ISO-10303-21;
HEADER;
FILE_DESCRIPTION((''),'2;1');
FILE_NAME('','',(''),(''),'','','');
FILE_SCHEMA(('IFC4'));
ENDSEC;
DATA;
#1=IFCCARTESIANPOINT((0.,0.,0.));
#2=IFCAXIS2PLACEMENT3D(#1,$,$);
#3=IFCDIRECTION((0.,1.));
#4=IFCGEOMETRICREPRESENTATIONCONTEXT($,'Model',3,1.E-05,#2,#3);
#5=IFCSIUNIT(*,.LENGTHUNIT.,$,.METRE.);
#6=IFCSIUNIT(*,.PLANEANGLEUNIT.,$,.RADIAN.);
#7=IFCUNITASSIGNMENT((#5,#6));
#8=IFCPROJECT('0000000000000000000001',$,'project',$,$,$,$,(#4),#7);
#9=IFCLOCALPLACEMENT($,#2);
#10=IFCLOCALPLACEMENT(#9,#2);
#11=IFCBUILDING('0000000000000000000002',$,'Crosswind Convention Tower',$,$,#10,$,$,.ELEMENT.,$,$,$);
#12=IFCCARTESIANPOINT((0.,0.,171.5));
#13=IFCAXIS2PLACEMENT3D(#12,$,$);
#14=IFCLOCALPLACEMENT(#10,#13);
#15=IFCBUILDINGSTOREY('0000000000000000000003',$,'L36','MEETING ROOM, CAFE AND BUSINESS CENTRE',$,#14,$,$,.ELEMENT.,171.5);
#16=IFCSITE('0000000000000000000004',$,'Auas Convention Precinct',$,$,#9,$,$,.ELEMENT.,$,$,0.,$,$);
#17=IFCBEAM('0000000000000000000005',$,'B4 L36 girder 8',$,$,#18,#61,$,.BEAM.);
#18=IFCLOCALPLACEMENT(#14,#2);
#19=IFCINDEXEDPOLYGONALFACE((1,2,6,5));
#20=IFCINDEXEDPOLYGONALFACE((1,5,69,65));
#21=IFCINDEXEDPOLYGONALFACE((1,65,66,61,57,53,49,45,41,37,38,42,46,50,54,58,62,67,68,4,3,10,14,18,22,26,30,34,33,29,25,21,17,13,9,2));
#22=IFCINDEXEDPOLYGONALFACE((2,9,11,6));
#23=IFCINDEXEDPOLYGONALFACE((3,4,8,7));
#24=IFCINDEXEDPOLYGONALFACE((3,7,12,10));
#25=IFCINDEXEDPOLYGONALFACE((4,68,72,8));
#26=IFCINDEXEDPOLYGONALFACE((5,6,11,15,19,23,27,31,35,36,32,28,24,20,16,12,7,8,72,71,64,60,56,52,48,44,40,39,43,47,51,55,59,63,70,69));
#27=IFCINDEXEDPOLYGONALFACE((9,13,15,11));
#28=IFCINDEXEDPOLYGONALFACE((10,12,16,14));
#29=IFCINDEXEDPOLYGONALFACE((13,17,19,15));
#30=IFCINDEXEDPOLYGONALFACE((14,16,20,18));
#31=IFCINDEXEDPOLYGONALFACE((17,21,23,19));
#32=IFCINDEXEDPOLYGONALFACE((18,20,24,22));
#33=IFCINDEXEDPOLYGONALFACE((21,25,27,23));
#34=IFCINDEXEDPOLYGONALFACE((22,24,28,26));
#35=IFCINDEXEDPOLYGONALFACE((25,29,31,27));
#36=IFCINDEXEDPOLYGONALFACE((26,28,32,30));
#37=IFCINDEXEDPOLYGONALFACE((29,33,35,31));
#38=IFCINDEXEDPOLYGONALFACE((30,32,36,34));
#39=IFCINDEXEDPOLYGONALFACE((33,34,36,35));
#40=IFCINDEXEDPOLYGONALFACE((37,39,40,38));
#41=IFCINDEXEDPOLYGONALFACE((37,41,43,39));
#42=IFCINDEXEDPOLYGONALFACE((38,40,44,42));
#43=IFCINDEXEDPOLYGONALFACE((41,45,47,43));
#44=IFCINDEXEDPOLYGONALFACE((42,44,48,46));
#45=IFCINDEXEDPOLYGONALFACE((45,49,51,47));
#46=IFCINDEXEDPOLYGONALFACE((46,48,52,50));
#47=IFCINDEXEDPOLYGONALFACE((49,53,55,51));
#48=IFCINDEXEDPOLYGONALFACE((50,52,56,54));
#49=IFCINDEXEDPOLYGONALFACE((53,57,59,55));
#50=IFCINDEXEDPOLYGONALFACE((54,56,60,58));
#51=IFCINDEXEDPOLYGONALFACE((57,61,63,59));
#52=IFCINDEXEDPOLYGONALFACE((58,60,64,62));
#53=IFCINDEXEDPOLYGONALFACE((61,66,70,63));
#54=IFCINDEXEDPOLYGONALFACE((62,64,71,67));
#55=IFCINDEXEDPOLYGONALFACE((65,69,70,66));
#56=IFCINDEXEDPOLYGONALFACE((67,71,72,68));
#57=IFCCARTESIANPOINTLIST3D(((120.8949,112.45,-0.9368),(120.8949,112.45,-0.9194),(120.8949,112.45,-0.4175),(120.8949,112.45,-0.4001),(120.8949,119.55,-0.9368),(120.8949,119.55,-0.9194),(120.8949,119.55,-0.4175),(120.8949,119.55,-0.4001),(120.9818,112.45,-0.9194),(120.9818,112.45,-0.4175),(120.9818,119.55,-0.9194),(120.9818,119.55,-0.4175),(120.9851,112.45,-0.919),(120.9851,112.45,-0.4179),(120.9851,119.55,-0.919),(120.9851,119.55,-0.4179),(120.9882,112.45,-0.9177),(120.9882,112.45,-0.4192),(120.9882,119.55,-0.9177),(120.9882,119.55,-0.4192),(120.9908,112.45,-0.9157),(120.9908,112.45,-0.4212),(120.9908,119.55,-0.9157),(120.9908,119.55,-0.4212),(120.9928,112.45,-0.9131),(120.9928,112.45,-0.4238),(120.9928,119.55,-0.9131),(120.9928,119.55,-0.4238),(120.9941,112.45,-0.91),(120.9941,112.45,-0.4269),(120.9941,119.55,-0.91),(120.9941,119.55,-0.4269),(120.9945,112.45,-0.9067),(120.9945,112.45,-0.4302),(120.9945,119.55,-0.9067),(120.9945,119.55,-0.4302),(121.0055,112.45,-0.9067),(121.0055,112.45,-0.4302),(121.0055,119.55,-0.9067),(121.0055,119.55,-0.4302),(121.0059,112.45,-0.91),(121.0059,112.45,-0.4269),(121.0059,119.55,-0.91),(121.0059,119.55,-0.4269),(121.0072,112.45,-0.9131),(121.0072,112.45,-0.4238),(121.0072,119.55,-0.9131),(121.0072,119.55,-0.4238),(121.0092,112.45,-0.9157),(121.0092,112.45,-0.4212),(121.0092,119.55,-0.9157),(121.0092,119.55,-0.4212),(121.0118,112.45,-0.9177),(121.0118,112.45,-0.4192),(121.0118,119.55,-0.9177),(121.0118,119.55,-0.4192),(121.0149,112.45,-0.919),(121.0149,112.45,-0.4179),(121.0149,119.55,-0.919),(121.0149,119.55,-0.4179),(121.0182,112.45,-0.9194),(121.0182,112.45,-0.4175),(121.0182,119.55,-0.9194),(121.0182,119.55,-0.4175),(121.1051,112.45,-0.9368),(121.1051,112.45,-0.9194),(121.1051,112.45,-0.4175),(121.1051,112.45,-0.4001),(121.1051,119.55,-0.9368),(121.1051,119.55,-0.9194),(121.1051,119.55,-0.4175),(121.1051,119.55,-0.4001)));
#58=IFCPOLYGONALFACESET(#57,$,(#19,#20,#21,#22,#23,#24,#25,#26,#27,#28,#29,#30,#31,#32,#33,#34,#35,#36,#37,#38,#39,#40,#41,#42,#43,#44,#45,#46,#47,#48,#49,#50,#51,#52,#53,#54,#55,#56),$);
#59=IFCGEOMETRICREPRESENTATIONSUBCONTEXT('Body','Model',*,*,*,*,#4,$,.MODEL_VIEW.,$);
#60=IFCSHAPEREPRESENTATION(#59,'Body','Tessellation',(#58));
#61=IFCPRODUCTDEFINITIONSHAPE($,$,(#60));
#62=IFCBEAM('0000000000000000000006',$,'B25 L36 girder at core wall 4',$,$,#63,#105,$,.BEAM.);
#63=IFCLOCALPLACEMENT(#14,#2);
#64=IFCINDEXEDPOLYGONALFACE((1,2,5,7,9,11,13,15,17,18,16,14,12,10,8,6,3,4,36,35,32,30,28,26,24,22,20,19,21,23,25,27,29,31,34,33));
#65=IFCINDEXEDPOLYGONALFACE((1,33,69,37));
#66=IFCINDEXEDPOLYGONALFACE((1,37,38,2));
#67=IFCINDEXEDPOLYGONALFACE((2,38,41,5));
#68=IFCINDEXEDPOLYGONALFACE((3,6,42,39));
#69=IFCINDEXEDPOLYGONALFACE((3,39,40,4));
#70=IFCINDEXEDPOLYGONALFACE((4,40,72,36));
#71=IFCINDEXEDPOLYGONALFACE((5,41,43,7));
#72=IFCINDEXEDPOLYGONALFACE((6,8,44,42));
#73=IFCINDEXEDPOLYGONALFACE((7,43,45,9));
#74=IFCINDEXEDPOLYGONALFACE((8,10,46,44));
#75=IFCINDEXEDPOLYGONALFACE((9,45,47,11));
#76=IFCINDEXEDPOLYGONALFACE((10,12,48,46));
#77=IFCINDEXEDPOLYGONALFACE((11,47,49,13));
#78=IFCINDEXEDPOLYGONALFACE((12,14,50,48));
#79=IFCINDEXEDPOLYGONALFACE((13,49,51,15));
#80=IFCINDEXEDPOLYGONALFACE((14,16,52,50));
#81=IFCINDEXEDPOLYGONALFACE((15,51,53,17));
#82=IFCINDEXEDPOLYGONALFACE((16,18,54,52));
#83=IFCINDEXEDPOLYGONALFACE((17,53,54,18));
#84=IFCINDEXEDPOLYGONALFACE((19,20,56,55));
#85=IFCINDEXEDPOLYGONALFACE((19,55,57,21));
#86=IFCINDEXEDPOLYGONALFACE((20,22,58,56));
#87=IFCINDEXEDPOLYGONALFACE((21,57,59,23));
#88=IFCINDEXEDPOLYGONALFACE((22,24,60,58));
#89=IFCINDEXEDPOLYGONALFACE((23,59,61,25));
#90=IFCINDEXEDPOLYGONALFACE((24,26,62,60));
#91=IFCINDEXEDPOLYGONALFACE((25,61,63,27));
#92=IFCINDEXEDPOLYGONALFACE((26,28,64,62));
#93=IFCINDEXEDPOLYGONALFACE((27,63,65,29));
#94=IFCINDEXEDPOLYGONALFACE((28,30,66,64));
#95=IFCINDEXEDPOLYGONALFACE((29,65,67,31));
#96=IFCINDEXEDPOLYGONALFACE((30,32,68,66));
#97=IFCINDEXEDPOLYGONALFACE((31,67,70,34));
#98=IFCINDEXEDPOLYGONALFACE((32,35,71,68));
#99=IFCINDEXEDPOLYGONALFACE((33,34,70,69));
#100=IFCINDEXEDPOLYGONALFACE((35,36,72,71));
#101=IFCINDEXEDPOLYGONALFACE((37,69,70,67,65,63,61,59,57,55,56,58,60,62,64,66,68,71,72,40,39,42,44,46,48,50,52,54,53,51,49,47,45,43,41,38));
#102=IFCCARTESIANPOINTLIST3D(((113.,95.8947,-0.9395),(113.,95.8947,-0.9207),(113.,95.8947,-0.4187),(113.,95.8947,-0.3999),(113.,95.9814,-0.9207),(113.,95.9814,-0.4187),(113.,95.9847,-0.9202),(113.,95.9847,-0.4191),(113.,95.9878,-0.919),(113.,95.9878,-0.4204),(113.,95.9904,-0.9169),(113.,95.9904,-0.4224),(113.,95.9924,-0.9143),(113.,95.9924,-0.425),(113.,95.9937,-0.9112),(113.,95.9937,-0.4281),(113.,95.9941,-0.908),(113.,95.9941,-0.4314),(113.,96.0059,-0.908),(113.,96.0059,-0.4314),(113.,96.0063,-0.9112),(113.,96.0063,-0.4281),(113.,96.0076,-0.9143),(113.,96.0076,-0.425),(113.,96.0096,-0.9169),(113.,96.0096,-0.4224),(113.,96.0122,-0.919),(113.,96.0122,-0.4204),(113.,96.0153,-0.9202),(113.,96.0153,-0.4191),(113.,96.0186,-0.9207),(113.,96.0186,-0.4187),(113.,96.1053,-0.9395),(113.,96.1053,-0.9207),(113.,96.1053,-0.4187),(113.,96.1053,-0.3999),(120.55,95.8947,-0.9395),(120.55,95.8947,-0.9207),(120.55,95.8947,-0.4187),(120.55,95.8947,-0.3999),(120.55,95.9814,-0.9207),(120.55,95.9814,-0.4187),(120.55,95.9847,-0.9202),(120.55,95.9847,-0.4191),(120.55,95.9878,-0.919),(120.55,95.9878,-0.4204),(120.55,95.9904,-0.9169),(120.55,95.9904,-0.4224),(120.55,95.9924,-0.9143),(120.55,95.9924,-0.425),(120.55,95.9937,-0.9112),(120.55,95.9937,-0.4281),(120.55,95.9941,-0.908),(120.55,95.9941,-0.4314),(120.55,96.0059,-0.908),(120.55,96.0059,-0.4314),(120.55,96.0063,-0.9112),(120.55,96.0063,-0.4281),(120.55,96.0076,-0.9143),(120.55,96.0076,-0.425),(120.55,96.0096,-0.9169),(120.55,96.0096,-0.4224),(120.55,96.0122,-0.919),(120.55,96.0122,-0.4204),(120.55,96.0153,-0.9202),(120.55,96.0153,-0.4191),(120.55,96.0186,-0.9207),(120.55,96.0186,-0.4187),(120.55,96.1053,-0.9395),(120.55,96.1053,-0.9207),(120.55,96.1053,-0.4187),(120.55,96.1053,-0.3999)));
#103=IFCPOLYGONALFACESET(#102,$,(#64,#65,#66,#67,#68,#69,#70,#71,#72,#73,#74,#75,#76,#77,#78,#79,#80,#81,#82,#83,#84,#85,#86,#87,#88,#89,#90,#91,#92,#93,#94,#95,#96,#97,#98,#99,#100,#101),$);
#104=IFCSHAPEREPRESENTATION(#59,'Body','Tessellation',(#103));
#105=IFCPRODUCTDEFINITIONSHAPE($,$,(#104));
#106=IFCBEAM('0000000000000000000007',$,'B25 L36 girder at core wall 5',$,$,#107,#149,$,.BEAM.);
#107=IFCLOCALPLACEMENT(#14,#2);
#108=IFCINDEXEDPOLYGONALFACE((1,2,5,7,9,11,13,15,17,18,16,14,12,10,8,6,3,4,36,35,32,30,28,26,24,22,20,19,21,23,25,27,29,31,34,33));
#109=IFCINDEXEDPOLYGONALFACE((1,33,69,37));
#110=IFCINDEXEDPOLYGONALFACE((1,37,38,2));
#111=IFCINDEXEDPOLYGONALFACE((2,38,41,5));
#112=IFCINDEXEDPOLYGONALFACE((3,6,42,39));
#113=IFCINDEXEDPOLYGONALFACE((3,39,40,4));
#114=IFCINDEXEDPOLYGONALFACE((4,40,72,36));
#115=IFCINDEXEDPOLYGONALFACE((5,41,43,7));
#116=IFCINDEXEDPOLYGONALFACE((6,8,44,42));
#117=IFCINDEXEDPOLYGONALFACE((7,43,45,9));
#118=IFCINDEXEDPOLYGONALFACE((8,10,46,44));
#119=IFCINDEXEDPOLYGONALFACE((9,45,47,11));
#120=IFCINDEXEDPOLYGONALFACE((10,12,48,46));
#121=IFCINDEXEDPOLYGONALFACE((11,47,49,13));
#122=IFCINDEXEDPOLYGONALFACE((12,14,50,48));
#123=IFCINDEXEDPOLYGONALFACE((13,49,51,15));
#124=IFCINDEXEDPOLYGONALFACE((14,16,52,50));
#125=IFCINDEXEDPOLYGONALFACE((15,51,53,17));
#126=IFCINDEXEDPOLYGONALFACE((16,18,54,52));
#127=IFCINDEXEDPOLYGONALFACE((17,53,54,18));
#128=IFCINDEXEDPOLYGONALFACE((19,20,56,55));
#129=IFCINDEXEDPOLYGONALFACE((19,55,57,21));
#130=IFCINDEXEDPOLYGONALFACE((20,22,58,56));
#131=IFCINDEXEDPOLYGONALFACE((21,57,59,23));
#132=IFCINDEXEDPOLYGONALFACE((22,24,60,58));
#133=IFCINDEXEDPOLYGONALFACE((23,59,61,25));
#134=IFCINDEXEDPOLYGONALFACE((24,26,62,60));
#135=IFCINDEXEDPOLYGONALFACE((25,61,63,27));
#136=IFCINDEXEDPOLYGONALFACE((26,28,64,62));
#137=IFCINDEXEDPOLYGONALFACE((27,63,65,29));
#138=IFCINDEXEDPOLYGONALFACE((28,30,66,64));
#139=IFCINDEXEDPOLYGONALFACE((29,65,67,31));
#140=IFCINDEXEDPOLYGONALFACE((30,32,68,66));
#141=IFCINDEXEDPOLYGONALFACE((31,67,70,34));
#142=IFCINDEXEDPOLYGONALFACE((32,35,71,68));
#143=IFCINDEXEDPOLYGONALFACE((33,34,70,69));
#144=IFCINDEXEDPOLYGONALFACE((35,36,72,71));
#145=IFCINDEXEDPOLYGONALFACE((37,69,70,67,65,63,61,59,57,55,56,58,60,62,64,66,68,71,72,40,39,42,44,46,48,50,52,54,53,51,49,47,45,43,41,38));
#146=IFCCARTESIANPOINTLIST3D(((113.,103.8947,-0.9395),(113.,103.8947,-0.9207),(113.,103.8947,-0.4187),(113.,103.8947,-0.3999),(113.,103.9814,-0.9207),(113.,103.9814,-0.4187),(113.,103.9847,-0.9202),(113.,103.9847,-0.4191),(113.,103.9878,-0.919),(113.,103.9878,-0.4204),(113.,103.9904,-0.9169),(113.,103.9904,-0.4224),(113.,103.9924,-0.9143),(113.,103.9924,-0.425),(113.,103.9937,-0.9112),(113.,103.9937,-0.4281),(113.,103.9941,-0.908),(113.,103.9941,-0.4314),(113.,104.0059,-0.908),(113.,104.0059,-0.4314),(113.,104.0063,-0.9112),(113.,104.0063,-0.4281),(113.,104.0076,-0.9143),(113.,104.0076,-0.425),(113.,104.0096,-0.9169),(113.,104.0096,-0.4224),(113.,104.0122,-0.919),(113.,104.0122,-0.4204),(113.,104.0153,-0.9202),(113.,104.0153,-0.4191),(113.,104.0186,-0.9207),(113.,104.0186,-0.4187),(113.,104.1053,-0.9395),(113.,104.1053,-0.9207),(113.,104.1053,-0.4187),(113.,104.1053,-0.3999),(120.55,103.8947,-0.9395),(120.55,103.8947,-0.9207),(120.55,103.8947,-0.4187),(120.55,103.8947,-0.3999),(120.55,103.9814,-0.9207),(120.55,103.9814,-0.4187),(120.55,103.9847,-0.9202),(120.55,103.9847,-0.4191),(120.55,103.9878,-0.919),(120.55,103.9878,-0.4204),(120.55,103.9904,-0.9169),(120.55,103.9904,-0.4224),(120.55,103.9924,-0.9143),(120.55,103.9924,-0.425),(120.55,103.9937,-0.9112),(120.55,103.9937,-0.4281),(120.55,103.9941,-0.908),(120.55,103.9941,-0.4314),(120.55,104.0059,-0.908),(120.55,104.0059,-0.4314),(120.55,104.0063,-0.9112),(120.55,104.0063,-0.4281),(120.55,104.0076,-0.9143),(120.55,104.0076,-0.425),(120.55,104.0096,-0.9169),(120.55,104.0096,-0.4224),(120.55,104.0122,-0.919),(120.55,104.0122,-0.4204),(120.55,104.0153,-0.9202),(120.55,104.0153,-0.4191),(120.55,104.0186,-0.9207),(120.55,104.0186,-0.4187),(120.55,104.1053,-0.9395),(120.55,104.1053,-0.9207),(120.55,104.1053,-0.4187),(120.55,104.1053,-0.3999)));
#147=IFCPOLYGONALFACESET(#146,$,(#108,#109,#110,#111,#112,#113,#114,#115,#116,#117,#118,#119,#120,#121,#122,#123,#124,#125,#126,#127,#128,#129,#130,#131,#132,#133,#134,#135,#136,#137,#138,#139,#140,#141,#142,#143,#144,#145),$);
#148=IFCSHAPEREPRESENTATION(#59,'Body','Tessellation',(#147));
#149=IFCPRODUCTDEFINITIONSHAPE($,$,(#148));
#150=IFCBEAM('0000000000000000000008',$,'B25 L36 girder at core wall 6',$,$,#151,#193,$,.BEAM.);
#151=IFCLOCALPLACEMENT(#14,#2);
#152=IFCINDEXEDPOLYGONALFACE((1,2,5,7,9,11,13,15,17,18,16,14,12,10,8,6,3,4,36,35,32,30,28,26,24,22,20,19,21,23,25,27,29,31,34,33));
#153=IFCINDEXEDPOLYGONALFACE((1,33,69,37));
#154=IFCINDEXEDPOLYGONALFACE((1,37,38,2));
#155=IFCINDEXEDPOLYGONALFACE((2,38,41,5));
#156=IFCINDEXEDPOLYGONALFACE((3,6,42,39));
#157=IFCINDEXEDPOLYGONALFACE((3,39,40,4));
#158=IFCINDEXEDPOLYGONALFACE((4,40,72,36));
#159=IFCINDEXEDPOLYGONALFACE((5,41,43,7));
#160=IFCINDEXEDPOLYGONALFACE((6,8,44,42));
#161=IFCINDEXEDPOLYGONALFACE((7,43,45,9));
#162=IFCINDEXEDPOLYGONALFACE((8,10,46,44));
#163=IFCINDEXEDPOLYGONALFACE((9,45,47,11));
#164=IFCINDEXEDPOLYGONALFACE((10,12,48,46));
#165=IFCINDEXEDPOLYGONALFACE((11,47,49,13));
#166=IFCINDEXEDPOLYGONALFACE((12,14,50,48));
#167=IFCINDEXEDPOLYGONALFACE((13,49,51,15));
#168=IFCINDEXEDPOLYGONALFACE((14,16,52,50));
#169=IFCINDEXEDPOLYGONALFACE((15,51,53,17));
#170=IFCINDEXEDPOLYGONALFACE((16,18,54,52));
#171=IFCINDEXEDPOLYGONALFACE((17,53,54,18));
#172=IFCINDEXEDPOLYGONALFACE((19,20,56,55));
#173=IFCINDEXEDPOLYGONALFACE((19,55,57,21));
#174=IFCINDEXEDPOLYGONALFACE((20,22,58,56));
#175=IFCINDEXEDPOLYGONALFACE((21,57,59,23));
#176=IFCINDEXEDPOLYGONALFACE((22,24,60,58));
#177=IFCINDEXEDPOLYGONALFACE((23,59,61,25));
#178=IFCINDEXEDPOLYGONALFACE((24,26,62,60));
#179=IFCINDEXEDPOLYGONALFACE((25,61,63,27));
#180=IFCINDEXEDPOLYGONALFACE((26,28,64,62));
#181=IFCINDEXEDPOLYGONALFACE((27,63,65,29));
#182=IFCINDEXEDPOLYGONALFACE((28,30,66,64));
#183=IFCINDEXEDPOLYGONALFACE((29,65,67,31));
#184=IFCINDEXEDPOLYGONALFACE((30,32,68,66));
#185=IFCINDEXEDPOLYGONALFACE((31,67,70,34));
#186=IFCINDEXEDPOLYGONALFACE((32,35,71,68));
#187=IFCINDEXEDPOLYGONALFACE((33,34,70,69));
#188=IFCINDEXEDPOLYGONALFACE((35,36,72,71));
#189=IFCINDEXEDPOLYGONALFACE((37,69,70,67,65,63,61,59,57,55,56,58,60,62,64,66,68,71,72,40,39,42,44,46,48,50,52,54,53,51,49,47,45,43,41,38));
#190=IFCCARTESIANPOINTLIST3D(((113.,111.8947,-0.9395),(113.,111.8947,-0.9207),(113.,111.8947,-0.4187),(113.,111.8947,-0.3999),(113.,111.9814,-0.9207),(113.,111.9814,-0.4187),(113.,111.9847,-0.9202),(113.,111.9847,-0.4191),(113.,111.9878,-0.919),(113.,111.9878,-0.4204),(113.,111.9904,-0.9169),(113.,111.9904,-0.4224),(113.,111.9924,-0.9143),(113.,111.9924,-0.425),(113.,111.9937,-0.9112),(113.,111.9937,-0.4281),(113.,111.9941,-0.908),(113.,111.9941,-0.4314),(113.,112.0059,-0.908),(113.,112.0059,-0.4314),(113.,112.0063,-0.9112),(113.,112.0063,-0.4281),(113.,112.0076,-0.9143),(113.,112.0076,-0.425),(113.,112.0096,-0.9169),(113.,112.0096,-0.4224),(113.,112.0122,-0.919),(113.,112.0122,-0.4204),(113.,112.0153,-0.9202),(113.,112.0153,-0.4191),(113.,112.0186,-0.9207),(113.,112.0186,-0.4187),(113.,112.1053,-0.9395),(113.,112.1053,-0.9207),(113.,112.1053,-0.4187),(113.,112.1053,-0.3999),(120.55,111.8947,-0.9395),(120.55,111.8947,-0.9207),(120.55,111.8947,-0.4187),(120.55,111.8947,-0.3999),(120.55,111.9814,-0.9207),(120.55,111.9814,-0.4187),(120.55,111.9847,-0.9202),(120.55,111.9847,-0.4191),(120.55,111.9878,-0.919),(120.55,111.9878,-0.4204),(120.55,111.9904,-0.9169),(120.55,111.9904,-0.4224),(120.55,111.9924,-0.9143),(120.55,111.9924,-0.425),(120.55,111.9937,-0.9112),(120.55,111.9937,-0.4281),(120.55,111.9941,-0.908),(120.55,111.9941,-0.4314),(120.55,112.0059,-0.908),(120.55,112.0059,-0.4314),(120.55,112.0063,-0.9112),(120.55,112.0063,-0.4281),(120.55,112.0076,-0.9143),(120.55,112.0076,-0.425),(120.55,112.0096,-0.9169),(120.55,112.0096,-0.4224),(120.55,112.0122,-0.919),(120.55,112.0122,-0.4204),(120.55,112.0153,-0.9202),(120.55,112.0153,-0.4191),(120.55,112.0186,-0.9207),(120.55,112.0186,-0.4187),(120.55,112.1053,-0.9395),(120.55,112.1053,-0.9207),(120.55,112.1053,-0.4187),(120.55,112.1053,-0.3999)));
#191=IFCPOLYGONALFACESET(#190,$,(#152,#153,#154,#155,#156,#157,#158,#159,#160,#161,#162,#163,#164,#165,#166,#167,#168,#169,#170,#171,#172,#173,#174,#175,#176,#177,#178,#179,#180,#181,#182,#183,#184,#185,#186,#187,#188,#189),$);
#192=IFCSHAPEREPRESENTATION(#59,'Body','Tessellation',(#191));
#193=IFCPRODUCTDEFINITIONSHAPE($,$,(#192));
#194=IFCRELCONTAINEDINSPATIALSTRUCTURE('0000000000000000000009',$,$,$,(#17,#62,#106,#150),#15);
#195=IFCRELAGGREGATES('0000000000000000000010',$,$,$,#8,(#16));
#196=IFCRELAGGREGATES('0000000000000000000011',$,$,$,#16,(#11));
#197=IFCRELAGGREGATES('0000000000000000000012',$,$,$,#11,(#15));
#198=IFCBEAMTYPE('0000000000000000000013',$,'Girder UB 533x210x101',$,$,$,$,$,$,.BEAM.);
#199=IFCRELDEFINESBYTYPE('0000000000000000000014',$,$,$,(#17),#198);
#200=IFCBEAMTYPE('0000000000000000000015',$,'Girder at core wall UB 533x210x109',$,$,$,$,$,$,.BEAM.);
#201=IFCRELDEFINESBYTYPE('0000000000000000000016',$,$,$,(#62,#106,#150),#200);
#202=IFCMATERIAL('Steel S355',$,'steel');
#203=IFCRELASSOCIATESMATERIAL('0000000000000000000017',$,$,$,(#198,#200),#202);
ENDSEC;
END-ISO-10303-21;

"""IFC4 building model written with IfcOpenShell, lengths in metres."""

from ifc_helpers import new_model, si_unit, direction, frame, origin, origin_2d, place, context, subcontext, project, spatial, i_section, extrude, material, material_profile, profile_set, type_object, element, save


model = new_model("IFC4")

# Units and contexts
model_context = context("Model", 3, precision=1e-05, world=origin(), true_north=direction((0.0, 1.0)))
body_context = subcontext(model_context, "Body", "Model", "MODEL_VIEW")
ifc_project = project(units=[si_unit("LENGTHUNIT", "METRE"), si_unit("PLANEANGLEUNIT", "RADIAN")], contexts=[model_context])

# Site, building, storey
site_placement = place(None, origin())
site = spatial("IfcSite", under=ifc_project, at=site_placement, Name="Auas Convention Precinct", CompositionType="ELEMENT", RefElevation=0.0)
building_placement = place(site_placement, origin())
building = spatial("IfcBuilding", under=site, at=building_placement, Name="Crosswind Convention Tower", CompositionType="ELEMENT")
storey_placement = place(building_placement, frame((0.0, 0.0, 171.5)))
storey = spatial("IfcBuildingStorey", under=building, at=storey_placement, Name="L36", Description="MEETING ROOM, CAFE AND BUSINESS CENTRE", CompositionType="ELEMENT", Elevation=171.5)

# Beams
ifc_material_1 = material(Name="Steel S355", Category="steel")
ifc_material_profile_1 = material_profile(ifc_material_1, i_section(OverallWidth=0.2102, OverallDepth=0.5366, WebThickness=0.011, FlangeThickness=0.0173, FilletRadius=0.0127, at=origin_2d()), Name="UB 533x210x101")
ifc_profile_set_1 = profile_set([ifc_material_profile_1], Name="Steel S355")
beam_type_1 = type_object("IfcBeamType", Name="Girder UB 533x210x101", PredefinedType="BEAM", material=ifc_profile_set_1)
for number, where, z_axis, x_axis, name in (
    (1, (121.0, 112.45, -0.6685), (0.0, 1.0, 0.0), (-1.0, 0.0, 0.0), "B4 L36 girder 8"),
):
    element("IfcBeam", number, at=place(storey_placement, frame(where, z_axis=z_axis, x_axis=x_axis)), inside=storey, type_object=beam_type_1, Name=name, PredefinedType="BEAM", context=body_context, shape_type="SweptSolid", body=[
        extrude(i_section(OverallWidth=0.2102, OverallDepth=0.5366, WebThickness=0.011, FlangeThickness=0.0173, FilletRadius=0.0127, at=origin_2d()), origin(), (0.0, 0.0, 1.0), 7.1001),
    ])
ifc_material_profile_2 = material_profile(ifc_material_1, i_section(OverallWidth=0.2107, OverallDepth=0.5396, WebThickness=0.0117, FlangeThickness=0.0188, FilletRadius=0.0127, at=origin_2d()), Name="UB 533x210x109")
ifc_profile_set_2 = profile_set([ifc_material_profile_2], Name="Steel S355")
beam_type_2 = type_object("IfcBeamType", Name="Girder at core wall UB 533x210x109", PredefinedType="BEAM", material=ifc_profile_set_2)
for number, where, z_axis, x_axis, name in (
    (2, (113.0, 96.0, -0.6697), (1.0, 0.0, 0.0), (0.0, 1.0, 0.0), "B25 L36 girder at core wall 4"),
    (3, (113.0, 104.0, -0.6697), (1.0, 0.0, 0.0), (0.0, 1.0, 0.0), "B25 L36 girder at core wall 5"),
    (4, (113.0, 112.0, -0.6697), (1.0, 0.0, 0.0), (0.0, 1.0, 0.0), "B25 L36 girder at core wall 6"),
):
    element("IfcBeam", number, at=place(storey_placement, frame(where, z_axis=z_axis, x_axis=x_axis)), inside=storey, type_object=beam_type_2, Name=name, PredefinedType="BEAM", context=body_context, shape_type="SweptSolid", body=[
        extrude(i_section(OverallWidth=0.2107, OverallDepth=0.5396, WebThickness=0.0117, FlangeThickness=0.0188, FilletRadius=0.0127, at=origin_2d()), origin(), (0.0, 0.0, 1.0), 7.55),
    ])

save(model, "model.ifc")
